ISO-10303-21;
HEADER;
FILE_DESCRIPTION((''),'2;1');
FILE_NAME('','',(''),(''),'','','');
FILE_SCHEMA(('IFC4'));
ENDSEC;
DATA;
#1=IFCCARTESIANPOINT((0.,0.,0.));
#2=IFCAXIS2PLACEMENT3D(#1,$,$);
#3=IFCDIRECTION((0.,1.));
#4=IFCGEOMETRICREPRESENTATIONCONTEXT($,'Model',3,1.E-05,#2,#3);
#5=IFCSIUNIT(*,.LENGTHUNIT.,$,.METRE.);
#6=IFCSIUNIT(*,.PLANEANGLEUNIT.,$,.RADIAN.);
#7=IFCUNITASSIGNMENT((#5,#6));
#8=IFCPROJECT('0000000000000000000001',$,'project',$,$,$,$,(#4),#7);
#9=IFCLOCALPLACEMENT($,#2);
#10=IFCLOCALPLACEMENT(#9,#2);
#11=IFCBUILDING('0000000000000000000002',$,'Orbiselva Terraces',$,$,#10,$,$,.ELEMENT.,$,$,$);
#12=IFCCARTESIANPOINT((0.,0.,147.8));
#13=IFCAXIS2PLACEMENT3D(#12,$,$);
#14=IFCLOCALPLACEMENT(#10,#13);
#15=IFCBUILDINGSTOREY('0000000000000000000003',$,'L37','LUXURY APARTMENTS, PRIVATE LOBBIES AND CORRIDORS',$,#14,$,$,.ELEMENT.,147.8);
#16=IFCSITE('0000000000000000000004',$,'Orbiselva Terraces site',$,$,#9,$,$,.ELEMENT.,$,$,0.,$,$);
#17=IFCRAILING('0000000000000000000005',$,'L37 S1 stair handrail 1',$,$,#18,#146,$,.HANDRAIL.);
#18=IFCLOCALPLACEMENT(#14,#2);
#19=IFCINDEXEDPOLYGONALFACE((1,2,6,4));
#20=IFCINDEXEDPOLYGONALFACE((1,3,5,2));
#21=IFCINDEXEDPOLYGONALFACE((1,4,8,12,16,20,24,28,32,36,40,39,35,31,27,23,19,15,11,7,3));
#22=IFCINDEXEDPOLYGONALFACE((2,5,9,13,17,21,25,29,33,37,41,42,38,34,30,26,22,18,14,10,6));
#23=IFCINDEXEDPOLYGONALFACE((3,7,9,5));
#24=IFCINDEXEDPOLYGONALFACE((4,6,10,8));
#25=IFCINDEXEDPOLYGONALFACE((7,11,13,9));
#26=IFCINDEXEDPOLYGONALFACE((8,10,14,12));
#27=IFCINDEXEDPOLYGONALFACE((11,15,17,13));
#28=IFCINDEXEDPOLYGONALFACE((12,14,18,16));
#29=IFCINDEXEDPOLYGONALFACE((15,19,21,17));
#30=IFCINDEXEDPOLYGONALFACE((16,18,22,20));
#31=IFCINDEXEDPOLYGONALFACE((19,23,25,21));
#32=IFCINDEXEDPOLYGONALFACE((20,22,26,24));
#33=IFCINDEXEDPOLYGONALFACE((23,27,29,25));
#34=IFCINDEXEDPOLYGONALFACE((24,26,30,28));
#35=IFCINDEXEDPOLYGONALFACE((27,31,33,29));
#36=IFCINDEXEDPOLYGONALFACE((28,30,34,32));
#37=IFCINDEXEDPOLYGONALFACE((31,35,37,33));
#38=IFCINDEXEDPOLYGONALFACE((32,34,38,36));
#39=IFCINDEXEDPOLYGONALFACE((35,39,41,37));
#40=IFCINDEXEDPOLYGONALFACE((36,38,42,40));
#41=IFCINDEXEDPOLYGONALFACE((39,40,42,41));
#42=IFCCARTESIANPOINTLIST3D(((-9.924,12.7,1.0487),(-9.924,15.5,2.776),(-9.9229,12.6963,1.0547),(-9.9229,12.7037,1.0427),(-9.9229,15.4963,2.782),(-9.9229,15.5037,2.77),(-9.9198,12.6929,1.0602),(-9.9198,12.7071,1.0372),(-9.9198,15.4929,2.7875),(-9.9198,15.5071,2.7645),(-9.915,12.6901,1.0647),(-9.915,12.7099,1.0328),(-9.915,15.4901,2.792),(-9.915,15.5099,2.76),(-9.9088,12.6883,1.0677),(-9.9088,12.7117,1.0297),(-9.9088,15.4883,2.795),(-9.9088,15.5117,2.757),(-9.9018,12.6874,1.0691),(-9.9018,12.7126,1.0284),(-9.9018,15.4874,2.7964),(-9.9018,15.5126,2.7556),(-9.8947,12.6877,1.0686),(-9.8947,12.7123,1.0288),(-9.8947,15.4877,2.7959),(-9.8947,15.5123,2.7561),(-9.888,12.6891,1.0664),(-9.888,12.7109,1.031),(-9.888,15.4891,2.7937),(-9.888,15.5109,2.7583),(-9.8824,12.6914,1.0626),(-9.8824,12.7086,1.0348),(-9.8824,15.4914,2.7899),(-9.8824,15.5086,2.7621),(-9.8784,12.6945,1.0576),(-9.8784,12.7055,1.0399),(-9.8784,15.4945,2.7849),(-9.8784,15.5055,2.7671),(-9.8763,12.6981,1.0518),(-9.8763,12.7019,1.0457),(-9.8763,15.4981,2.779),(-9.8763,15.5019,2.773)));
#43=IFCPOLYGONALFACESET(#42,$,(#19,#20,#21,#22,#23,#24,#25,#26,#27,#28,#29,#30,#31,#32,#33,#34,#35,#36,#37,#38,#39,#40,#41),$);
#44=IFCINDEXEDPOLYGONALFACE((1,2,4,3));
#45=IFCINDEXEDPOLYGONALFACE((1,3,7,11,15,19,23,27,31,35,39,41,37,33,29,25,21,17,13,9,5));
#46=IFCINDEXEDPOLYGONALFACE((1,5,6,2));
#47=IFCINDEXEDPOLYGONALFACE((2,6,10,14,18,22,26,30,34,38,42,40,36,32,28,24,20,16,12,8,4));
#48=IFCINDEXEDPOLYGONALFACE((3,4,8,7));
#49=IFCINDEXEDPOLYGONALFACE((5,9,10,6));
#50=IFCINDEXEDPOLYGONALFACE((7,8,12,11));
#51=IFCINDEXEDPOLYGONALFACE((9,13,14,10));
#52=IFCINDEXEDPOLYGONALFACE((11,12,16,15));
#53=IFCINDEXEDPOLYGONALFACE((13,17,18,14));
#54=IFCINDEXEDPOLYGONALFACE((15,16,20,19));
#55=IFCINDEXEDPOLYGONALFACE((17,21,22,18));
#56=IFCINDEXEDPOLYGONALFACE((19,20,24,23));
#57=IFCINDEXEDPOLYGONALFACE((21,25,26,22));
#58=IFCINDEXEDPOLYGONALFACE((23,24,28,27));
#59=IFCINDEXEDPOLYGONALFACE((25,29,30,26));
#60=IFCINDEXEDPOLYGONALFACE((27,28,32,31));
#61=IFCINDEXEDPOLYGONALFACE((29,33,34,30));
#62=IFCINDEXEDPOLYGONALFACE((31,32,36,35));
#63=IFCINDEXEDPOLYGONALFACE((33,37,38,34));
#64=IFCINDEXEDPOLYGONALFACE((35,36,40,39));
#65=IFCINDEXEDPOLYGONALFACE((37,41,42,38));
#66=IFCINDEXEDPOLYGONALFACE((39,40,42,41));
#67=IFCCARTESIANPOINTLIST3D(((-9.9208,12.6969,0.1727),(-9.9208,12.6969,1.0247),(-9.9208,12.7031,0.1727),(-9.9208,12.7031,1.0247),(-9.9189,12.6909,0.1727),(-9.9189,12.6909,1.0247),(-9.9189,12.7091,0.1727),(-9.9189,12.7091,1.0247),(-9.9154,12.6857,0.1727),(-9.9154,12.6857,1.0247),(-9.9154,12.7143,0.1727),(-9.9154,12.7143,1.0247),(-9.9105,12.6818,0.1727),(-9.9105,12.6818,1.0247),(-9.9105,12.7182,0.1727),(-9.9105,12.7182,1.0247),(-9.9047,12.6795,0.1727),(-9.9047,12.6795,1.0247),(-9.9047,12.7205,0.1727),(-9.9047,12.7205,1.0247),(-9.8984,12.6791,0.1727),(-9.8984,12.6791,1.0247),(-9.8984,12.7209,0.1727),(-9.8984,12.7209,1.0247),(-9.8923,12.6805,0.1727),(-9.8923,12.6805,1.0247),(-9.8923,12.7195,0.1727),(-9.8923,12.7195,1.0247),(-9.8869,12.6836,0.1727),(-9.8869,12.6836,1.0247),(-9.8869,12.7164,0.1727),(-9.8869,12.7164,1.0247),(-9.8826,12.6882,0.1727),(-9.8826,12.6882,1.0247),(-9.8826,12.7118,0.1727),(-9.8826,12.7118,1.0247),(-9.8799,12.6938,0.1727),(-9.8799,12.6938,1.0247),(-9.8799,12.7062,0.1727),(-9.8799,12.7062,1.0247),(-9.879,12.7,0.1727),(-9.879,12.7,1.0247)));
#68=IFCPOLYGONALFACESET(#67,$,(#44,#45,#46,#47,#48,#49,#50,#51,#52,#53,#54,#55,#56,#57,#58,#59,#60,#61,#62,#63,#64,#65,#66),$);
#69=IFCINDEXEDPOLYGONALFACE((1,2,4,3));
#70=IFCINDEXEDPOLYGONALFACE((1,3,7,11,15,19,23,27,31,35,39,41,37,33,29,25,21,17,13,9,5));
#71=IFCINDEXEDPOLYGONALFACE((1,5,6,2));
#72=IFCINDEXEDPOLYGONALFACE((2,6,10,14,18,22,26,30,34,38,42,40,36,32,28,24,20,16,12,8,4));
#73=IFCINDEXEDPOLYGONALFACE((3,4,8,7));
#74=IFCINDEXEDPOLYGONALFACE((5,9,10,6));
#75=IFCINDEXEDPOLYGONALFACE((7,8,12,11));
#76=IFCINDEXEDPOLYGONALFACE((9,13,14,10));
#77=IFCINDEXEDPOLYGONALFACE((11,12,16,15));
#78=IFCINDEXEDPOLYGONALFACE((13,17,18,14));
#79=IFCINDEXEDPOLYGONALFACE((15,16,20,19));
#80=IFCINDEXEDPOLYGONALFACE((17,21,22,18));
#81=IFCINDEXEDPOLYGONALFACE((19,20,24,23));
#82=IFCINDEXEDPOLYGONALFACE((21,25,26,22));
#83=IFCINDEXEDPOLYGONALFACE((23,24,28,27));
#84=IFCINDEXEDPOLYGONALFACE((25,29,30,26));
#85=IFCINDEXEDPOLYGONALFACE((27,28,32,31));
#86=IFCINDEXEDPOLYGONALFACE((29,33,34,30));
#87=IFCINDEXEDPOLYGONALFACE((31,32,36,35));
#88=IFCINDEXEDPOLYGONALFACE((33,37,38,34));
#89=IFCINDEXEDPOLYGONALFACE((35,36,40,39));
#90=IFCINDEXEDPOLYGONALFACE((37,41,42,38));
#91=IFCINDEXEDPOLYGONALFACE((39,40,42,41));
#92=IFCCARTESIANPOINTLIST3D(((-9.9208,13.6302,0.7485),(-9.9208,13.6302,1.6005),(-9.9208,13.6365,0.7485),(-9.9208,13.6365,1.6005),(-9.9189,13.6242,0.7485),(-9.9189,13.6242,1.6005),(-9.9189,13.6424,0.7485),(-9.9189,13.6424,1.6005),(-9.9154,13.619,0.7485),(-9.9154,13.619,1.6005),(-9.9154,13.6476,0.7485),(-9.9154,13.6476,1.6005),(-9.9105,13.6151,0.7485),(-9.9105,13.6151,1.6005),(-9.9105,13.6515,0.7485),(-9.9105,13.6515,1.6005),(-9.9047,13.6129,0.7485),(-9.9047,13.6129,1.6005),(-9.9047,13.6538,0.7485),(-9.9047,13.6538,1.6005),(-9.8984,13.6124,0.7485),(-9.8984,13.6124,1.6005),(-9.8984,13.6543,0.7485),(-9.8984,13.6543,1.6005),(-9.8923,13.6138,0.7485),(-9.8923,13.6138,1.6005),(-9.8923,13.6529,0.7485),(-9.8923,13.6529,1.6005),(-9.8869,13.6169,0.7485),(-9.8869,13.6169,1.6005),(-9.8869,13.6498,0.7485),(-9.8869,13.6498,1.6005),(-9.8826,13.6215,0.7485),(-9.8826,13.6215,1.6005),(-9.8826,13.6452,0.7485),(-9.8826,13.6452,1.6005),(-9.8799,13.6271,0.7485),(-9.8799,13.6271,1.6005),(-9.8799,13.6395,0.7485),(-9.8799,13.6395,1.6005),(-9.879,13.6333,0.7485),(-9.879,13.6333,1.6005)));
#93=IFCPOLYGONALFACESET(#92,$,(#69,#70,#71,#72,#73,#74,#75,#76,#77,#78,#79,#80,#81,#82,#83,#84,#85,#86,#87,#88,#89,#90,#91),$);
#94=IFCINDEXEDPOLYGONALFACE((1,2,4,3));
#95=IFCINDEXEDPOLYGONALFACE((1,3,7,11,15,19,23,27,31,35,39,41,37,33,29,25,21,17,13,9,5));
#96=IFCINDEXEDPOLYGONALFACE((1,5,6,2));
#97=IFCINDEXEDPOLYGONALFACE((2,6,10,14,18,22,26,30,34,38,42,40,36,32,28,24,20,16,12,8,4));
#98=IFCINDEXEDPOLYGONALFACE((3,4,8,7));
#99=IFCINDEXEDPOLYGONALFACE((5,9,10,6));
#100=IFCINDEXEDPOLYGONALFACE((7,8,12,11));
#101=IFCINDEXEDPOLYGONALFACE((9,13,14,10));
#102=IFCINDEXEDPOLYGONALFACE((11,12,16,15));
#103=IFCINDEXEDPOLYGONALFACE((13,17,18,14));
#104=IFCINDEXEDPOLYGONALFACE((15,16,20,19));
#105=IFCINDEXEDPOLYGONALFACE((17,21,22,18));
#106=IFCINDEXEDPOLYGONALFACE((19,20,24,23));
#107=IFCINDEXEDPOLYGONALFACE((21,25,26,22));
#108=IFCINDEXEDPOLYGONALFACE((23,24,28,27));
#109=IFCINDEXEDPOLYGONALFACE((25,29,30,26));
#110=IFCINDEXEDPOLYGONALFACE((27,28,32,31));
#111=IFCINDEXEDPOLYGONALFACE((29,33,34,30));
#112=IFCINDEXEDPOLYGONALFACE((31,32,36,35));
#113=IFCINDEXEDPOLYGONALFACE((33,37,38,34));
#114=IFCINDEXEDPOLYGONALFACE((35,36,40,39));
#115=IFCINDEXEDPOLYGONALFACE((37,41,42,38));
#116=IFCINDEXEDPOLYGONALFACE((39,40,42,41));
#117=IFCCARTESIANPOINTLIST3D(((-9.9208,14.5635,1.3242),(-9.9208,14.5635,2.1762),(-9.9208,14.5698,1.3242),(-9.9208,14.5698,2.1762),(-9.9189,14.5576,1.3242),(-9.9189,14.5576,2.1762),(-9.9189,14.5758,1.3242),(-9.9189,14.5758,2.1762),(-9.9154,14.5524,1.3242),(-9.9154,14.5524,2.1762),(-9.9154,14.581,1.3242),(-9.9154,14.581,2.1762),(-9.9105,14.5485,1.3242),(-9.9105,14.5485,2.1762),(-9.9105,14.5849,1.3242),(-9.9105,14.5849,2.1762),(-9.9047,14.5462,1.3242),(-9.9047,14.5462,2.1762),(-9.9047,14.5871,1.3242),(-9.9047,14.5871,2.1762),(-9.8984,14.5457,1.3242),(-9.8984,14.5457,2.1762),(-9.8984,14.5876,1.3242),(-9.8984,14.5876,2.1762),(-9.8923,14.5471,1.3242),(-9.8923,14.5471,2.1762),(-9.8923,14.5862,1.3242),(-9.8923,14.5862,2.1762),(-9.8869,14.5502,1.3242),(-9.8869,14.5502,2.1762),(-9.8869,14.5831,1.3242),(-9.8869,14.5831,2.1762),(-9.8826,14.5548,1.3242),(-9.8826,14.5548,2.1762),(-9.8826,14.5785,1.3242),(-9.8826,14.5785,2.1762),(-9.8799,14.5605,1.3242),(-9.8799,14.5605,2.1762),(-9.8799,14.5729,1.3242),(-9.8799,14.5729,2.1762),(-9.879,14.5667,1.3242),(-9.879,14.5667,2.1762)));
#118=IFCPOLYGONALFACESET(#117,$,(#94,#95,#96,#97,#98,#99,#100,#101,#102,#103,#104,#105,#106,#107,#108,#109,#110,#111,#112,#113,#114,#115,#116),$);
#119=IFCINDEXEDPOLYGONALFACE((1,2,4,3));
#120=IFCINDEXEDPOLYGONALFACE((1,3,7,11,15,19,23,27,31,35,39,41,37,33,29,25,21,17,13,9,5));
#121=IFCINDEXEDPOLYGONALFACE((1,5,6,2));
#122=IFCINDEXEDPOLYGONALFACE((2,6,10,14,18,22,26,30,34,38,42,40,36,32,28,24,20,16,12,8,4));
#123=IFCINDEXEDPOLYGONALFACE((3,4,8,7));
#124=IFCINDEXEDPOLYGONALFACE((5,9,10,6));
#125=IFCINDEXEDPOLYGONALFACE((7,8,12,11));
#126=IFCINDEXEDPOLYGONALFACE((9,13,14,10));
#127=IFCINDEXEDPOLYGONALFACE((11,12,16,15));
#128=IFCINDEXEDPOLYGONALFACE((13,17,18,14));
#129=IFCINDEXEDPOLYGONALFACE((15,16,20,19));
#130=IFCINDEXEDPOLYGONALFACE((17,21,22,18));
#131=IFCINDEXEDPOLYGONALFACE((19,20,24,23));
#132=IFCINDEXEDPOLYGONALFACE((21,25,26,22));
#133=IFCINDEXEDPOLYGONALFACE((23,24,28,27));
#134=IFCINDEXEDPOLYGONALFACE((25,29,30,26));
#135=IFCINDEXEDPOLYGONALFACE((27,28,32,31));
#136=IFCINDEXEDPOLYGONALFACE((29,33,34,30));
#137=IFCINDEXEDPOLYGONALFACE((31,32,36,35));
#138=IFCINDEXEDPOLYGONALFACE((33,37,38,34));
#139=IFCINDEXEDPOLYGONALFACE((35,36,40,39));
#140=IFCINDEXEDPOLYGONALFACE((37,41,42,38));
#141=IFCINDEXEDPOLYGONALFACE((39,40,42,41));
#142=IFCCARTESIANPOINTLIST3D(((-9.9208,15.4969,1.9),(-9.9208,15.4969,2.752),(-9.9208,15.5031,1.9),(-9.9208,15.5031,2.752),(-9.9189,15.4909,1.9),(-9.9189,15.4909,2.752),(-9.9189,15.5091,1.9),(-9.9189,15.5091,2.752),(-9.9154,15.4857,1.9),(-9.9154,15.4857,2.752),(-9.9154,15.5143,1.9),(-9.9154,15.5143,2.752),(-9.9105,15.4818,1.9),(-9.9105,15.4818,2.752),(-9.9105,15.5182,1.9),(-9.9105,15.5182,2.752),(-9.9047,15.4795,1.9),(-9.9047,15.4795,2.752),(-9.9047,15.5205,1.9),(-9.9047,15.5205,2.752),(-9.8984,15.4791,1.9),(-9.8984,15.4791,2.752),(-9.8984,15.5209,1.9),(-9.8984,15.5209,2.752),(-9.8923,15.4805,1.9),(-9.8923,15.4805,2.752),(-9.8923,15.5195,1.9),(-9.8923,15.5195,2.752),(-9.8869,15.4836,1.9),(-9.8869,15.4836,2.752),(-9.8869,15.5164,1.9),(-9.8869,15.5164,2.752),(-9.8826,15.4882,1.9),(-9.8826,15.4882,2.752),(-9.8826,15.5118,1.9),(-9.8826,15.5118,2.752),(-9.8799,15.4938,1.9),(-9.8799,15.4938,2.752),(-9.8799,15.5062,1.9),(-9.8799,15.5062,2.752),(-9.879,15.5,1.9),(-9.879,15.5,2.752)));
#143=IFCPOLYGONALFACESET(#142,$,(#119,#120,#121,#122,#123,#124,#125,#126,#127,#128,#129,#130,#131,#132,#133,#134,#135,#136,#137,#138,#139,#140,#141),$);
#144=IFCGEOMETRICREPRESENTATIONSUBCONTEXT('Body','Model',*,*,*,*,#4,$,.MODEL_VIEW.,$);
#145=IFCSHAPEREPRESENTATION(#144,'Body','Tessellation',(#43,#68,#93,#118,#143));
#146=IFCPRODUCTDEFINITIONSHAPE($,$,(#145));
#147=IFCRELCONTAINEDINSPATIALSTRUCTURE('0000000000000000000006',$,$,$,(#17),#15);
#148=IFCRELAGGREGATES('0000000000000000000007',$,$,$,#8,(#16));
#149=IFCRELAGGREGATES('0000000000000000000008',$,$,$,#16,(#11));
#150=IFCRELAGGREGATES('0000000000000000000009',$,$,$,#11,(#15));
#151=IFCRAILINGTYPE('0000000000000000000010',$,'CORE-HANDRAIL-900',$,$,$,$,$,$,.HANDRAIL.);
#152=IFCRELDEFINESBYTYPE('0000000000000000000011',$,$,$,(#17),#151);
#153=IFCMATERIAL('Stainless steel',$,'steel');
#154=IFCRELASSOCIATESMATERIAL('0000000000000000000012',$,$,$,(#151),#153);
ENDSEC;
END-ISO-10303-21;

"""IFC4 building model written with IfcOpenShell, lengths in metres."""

from ifc_helpers import new_model, si_unit, direction, frame, origin, origin_2d, place, context, subcontext, project, spatial, circle, extrude, material, type_object, element, save


model = new_model("IFC4")

# Units and contexts
model_context = context("Model", 3, precision=1e-05, world=origin(), true_north=direction((0.0, 1.0)))
body_context = subcontext(model_context, "Body", "Model", "MODEL_VIEW")
ifc_project = project(units=[si_unit("LENGTHUNIT", "METRE"), si_unit("PLANEANGLEUNIT", "RADIAN")], contexts=[model_context])

# Site, building, storey
site_placement = place(None, origin())
site = spatial("IfcSite", under=ifc_project, at=site_placement, Name="Orbiselva Terraces site", CompositionType="ELEMENT", RefElevation=0.0)
building_placement = place(site_placement, origin())
building = spatial("IfcBuilding", under=site, at=building_placement, Name="Orbiselva Terraces", CompositionType="ELEMENT")
storey_placement = place(building_placement, frame((0.0, 0.0, 147.8)))
storey = spatial("IfcBuildingStorey", under=building, at=storey_placement, Name="L37", Description="LUXURY APARTMENTS, PRIVATE LOBBIES AND CORRIDORS", CompositionType="ELEMENT", Elevation=147.8)

# Railing
ifc_material_1 = material(Name="Stainless steel", Category="steel")
railing_type = type_object("IfcRailingType", Name="CORE-HANDRAIL-900", PredefinedType="HANDRAIL", material=ifc_material_1)
railing_placement = place(storey_placement, frame((-9.9, 12.7, 0.1727)))
element("IfcRailing", 1, at=railing_placement, inside=storey, type_object=railing_type, Name="L37 S1 stair handrail 1", PredefinedType="HANDRAIL", context=body_context, shape_type="SweptSolid", body=[
    extrude(circle(Radius=0.024, at=origin_2d()), frame((0.0, 0.0, 0.876), z_axis=(0.0, 0.851089, 0.525022), x_axis=(-1.0, 0.0, 0.0)), (0.0, 0.0, 1.0), 3.2899),
    extrude(circle(Radius=0.021, at=origin_2d()), origin(), (0.0, 0.0, 1.0), 0.852),
    extrude(circle(Radius=0.021, at=origin_2d()), frame((0.0, 0.9333, 0.5758)), (0.0, 0.0, 1.0), 0.852),
    extrude(circle(Radius=0.021, at=origin_2d()), frame((0.0, 1.8667, 1.1515)), (0.0, 0.0, 1.0), 0.852),
    extrude(circle(Radius=0.021, at=origin_2d()), frame((0.0, 2.8, 1.7273)), (0.0, 0.0, 1.0), 0.852),
])

save(model, "model.ifc")
